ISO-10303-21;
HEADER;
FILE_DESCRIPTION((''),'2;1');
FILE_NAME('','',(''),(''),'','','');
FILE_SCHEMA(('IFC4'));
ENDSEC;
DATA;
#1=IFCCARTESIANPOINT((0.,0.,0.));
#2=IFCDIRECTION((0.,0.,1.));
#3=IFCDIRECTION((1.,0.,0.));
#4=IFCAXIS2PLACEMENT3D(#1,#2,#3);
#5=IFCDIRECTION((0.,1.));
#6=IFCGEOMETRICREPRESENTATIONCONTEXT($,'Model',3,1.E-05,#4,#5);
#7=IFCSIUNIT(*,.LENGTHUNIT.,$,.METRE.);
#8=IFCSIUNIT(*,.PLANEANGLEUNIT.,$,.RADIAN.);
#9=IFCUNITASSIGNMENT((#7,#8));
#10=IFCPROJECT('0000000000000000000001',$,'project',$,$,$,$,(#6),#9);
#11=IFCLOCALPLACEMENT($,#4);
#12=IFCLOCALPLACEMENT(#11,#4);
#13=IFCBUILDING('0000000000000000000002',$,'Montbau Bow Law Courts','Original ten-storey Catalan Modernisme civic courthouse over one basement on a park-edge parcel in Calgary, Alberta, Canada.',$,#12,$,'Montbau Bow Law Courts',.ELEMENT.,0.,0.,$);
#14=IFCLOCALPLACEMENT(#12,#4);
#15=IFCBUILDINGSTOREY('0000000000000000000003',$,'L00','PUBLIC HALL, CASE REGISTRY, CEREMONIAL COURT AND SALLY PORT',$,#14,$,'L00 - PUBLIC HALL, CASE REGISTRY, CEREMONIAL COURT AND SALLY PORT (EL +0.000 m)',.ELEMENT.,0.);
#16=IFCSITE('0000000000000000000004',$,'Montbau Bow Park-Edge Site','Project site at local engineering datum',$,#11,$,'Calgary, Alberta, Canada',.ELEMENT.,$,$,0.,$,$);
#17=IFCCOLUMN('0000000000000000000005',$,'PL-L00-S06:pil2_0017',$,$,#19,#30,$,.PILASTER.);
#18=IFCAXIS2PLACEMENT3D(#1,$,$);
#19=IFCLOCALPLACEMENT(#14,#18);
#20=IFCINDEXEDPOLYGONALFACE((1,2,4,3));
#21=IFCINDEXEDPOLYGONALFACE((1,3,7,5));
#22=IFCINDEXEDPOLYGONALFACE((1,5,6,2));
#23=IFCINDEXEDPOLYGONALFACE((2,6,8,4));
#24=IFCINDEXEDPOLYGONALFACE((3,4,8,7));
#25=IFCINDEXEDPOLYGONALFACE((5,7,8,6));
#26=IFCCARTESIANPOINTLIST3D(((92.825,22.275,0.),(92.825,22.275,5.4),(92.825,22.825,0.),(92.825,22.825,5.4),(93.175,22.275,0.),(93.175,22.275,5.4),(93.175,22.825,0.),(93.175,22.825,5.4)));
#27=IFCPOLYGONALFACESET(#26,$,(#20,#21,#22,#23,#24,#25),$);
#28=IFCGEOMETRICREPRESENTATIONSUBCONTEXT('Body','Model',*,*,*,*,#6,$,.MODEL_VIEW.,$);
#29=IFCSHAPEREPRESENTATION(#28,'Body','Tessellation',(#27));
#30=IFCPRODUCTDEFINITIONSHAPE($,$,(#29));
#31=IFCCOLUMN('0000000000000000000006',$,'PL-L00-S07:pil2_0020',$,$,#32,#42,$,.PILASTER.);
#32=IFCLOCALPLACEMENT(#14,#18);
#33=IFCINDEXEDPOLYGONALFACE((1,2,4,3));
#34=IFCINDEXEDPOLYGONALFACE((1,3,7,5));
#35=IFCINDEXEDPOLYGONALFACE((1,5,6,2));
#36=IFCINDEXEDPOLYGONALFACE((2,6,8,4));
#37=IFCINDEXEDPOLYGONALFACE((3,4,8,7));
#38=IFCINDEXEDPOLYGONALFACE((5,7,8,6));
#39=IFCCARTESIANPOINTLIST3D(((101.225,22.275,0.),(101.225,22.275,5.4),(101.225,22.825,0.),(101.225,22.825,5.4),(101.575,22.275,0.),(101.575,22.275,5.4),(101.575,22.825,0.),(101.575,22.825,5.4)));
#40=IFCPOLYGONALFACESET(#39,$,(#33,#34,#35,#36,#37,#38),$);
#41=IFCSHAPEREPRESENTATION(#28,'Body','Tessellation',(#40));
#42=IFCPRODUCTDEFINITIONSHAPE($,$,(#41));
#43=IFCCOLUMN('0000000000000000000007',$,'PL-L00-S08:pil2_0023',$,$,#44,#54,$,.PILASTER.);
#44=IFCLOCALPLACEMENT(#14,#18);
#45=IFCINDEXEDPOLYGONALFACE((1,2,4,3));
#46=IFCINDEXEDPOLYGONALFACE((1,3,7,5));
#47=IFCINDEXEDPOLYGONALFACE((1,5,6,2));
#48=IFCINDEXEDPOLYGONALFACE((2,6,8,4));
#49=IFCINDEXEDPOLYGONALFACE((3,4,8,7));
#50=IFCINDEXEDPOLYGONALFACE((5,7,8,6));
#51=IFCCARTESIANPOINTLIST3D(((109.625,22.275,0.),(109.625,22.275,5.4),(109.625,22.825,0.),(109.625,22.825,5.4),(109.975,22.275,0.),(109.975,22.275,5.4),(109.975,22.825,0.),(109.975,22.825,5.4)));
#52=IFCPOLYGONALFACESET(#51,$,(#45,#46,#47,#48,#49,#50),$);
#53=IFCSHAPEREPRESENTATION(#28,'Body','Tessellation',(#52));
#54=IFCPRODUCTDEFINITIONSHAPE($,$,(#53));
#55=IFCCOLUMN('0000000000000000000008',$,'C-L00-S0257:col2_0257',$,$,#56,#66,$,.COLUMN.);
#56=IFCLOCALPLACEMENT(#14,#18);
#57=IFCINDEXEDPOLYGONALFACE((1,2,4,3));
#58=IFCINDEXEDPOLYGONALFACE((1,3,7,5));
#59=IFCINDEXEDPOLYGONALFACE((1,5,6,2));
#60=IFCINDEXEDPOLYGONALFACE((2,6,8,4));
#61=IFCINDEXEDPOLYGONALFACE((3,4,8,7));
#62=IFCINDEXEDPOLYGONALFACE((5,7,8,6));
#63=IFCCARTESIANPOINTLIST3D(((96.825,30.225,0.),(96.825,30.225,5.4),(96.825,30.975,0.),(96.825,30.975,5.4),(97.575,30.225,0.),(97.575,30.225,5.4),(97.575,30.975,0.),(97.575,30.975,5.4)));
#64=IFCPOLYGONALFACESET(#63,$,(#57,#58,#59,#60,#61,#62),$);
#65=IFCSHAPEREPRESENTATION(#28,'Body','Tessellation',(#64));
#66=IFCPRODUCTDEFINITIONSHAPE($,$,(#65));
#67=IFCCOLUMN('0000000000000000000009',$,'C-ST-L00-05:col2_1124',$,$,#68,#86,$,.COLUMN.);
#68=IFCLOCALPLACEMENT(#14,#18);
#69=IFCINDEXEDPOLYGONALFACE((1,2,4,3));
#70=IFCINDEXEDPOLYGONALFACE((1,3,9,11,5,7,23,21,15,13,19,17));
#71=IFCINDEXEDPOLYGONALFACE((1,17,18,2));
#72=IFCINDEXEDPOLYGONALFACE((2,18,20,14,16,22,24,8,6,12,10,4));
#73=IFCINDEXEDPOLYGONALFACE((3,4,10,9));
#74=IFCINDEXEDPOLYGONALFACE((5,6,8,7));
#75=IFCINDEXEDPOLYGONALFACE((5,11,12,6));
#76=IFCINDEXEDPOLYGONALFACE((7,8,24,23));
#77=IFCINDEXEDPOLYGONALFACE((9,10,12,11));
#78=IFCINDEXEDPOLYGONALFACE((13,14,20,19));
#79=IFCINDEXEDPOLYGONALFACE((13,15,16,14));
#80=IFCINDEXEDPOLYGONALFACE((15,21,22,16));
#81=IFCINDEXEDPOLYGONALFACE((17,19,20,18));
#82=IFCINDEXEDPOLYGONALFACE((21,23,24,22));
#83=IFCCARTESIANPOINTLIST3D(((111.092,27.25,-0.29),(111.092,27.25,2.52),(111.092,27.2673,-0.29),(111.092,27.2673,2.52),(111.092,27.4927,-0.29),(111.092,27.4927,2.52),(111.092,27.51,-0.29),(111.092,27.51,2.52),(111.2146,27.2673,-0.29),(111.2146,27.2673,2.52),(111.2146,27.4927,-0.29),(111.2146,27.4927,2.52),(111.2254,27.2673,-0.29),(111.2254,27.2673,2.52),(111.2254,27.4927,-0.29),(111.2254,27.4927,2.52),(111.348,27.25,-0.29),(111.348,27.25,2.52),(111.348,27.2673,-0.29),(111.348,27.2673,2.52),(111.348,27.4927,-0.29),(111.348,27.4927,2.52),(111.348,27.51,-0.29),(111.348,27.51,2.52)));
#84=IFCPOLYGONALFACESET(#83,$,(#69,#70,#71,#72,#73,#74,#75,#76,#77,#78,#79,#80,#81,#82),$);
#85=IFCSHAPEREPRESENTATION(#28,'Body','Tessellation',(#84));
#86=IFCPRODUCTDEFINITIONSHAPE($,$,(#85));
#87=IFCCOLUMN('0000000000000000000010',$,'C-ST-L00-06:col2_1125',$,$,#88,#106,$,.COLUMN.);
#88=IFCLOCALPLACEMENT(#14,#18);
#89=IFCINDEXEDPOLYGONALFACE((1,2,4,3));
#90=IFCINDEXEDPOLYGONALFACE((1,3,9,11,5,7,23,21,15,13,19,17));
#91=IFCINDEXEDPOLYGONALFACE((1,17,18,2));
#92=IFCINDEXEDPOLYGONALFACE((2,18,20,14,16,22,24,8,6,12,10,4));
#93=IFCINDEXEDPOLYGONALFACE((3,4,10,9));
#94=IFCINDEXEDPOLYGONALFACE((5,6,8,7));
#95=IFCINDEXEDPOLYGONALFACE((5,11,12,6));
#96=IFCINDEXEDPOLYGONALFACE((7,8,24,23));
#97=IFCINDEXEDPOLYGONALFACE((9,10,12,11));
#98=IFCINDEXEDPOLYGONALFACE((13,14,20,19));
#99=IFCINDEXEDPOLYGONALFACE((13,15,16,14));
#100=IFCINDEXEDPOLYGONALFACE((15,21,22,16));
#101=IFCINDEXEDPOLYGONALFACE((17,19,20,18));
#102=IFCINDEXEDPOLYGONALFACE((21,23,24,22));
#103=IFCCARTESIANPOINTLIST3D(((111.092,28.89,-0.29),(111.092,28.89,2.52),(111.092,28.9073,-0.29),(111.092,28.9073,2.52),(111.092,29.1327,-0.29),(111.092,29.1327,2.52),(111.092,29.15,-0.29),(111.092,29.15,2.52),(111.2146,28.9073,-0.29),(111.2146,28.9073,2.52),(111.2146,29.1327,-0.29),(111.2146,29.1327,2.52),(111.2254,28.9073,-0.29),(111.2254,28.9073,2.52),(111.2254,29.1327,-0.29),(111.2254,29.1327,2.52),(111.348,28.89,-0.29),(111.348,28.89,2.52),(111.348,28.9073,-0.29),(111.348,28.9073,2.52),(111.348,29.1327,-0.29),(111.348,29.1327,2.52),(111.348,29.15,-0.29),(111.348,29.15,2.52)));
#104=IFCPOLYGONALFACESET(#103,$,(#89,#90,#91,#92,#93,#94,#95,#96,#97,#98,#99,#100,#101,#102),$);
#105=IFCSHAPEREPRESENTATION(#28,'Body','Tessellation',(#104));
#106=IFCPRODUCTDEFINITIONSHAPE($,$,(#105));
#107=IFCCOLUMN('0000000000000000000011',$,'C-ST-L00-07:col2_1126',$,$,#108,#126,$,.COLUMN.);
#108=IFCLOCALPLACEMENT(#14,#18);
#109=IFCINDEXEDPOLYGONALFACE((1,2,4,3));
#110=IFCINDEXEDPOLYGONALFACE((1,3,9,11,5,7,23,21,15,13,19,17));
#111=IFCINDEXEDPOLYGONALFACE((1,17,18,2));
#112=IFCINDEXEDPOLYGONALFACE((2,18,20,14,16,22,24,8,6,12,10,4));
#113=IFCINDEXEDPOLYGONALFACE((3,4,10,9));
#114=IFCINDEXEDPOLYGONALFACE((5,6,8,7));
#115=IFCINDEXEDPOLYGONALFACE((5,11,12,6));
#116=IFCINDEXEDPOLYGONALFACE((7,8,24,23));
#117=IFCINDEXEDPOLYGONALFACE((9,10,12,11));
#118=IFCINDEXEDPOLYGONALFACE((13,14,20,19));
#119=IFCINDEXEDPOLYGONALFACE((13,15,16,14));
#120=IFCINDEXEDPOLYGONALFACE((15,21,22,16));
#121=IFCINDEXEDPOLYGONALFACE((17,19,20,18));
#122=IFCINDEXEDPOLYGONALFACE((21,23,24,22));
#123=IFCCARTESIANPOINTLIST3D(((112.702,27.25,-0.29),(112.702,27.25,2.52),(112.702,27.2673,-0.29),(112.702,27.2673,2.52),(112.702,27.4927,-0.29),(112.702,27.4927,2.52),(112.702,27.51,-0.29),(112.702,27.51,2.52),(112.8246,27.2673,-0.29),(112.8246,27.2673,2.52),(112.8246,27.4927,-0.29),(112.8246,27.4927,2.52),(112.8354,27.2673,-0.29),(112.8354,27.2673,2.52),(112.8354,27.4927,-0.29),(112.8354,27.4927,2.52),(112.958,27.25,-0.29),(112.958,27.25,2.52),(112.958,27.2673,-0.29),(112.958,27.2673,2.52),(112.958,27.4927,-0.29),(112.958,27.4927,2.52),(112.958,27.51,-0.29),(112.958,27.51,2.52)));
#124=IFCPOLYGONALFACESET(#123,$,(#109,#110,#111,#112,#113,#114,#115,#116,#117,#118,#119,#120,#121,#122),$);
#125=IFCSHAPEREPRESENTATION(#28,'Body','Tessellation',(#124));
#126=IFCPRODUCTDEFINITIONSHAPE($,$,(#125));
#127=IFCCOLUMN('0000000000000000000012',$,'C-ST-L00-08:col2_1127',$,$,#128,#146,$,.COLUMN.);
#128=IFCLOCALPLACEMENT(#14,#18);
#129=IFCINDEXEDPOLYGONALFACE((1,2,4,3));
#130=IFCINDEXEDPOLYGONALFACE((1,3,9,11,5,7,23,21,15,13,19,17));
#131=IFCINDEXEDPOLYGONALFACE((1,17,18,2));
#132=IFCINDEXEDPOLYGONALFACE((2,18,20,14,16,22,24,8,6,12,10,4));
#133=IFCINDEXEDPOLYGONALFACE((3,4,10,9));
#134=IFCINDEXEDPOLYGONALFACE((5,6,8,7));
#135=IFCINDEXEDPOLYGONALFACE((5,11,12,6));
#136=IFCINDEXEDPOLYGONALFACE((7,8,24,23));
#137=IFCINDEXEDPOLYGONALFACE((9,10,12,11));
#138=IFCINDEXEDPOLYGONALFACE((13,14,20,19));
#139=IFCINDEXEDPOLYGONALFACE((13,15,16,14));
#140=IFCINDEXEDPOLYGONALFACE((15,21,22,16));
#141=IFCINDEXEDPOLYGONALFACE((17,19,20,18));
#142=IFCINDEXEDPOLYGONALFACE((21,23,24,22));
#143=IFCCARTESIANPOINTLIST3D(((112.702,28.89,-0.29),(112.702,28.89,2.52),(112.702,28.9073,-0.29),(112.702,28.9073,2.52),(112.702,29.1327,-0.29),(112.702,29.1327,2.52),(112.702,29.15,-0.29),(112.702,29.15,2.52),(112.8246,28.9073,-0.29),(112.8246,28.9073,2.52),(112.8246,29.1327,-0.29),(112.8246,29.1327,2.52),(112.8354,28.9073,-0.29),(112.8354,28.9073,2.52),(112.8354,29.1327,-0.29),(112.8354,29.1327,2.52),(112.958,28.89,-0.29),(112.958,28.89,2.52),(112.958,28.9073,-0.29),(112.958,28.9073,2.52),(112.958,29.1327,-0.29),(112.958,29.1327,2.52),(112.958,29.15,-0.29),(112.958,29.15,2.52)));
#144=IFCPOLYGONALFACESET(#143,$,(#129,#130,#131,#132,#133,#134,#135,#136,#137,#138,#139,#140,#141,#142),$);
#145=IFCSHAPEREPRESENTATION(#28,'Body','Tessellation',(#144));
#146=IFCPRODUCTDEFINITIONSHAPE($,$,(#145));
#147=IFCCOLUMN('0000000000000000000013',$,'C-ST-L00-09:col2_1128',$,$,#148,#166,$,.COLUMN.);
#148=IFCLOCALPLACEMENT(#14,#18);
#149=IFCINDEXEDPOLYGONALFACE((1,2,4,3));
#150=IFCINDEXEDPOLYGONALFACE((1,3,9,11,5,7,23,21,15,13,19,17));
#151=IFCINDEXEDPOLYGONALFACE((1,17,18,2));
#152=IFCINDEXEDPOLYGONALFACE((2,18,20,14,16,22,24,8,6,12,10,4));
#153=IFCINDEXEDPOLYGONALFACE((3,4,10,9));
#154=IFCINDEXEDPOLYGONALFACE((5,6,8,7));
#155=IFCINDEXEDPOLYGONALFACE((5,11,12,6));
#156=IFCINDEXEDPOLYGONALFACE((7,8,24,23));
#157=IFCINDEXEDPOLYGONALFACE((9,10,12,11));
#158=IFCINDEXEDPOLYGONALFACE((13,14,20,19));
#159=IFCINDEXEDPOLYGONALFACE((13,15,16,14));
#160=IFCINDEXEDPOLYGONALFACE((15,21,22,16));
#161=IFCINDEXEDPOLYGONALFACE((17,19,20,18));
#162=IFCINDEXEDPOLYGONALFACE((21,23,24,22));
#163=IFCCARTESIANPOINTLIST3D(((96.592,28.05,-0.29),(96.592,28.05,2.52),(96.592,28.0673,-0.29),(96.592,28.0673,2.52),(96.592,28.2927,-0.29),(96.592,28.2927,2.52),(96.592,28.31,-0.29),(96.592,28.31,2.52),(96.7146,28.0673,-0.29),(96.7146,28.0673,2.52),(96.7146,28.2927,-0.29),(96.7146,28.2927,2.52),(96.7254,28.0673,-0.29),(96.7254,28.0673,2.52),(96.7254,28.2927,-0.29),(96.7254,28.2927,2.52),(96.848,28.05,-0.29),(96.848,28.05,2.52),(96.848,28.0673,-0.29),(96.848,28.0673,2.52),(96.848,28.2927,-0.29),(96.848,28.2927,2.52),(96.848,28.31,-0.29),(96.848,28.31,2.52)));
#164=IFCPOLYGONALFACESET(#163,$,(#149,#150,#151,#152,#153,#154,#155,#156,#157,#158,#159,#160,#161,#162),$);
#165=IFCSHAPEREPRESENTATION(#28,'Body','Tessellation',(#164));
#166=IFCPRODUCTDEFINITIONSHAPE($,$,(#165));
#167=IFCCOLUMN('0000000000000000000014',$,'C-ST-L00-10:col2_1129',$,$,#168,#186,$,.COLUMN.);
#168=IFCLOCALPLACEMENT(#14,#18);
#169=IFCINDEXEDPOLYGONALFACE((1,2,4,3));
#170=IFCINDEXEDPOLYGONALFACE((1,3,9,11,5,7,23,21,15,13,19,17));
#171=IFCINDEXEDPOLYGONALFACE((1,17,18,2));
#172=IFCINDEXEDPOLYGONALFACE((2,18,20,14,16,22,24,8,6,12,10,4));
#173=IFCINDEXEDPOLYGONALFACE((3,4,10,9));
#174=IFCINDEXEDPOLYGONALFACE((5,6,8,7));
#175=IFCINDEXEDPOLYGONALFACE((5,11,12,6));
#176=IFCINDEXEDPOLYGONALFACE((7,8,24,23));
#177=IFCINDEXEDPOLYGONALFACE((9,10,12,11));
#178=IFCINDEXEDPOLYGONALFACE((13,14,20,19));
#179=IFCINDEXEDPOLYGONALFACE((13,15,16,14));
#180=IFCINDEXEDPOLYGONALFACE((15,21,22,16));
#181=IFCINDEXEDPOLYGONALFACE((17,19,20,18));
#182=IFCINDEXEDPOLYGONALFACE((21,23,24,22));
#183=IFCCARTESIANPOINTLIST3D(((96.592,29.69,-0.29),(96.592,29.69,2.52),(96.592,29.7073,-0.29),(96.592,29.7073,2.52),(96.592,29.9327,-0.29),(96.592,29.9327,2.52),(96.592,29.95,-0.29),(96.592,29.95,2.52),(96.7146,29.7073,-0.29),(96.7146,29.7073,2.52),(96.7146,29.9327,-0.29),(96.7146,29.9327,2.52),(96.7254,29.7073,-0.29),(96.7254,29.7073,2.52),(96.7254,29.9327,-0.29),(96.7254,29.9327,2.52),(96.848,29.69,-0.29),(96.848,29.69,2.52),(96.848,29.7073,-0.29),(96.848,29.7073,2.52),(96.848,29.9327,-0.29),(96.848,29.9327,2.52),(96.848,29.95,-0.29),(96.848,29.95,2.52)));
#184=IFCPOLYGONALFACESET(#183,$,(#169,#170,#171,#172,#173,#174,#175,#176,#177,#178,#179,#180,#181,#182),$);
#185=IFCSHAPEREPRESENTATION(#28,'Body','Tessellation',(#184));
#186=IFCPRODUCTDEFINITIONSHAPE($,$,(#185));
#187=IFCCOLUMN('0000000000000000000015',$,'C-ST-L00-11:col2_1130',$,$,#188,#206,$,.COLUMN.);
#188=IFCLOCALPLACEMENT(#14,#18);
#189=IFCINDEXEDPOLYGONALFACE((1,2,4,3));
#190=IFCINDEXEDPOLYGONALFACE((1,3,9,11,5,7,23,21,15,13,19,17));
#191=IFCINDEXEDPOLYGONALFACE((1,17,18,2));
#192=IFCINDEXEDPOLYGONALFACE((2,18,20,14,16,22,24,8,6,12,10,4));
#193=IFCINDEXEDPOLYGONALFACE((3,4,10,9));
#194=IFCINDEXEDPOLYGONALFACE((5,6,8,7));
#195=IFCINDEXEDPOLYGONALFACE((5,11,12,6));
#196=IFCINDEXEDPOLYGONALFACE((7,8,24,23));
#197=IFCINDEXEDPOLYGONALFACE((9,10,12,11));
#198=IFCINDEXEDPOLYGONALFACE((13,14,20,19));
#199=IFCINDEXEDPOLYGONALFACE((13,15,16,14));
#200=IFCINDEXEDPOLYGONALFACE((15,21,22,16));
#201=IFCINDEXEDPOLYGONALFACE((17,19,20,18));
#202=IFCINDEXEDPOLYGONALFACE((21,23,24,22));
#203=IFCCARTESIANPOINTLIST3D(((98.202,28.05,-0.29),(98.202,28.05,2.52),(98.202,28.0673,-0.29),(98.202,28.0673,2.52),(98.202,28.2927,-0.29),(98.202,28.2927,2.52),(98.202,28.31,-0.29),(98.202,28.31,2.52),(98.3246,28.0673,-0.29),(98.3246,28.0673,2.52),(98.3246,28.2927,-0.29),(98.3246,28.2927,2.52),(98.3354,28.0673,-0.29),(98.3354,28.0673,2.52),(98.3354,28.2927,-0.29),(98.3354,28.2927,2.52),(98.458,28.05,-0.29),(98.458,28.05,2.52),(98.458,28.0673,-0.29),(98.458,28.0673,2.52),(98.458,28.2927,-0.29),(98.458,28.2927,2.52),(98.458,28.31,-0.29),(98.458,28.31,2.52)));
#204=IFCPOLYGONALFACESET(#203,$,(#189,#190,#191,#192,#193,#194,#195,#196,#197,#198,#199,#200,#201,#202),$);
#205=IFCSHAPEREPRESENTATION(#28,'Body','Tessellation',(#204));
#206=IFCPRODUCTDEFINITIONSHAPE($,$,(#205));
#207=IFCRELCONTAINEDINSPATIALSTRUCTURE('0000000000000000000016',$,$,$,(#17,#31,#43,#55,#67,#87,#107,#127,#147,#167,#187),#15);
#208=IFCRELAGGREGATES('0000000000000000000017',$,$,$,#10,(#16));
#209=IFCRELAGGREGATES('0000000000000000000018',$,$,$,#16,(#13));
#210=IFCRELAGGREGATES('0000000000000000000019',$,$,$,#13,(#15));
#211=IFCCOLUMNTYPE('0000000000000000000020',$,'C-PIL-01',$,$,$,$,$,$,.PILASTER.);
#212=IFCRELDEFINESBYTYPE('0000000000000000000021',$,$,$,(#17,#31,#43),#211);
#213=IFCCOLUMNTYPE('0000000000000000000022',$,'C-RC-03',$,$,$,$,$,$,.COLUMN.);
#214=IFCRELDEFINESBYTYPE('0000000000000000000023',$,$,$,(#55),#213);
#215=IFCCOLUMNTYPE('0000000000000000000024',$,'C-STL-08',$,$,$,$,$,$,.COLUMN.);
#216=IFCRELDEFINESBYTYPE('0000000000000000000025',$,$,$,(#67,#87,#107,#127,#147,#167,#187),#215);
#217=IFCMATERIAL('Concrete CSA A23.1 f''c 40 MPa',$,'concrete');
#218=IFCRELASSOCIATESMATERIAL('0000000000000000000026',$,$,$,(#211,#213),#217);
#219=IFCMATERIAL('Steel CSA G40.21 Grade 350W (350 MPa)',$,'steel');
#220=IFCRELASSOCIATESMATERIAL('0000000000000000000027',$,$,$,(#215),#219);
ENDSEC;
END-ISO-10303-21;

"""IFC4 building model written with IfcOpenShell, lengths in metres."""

from ifc_helpers import new_model, si_unit, direction, frame, origin_with_axes, origin_2d_with_axis, place, context, subcontext, project, spatial, rectangle, i_section, extrude, material, material_profile, profile_set, type_object, element, save


model = new_model("IFC4")

# Units and contexts
model_context = context("Model", 3, precision=1e-05, world=origin_with_axes(), true_north=direction((0.0, 1.0)))
body_context = subcontext(model_context, "Body", "Model", "MODEL_VIEW")
ifc_project = project(units=[si_unit("LENGTHUNIT", "METRE"), si_unit("PLANEANGLEUNIT", "RADIAN")], contexts=[model_context])

# Site, building, storey
site_placement = place(None, origin_with_axes())
site = spatial("IfcSite", under=ifc_project, at=site_placement, Name="Montbau Bow Park-Edge Site", Description="Project site at local engineering datum", LongName="Calgary, Alberta, Canada", CompositionType="ELEMENT", RefElevation=0.0)
building_placement = place(site_placement, origin_with_axes())
building = spatial("IfcBuilding", under=site, at=building_placement, Name="Montbau Bow Law Courts", Description="Original ten-storey Catalan Modernisme civic courthouse over one basement on a park-edge parcel in Calgary, Alberta, Canada.", LongName="Montbau Bow Law Courts", CompositionType="ELEMENT", ElevationOfRefHeight=0.0, ElevationOfTerrain=0.0)
storey_placement = place(building_placement, origin_with_axes())
storey = spatial("IfcBuildingStorey", under=building, at=storey_placement, Name="L00", Description="PUBLIC HALL, CASE REGISTRY, CEREMONIAL COURT AND SALLY PORT", LongName="L00 - PUBLIC HALL, CASE REGISTRY, CEREMONIAL COURT AND SALLY PORT (EL +0.000 m)", CompositionType="ELEMENT", Elevation=0.0)

# Columns
ifc_material_1 = material(Name="Concrete CSA A23.1 f'c 40 MPa", Category="concrete")
ifc_material_profile_1 = material_profile(ifc_material_1, rectangle(XDim=0.35, YDim=0.55, at=origin_2d_with_axis()), Name="RC550X350", Category="Main", Priority=0)
ifc_profile_set_1 = profile_set([ifc_material_profile_1], Name="Concrete CSA A23.1 f'c 40 MPa")
column_type_1 = type_object("IfcColumnType", Name="C-PIL-01", PredefinedType="PILASTER", material=ifc_profile_set_1)
for number, where, z_axis, x_axis, name in (
    (1, (93.0, 22.55, 0.0), (0.0, 0.0, 1.0), (1.0, 0.0, 0.0), "PL-L00-S06:pil2_0017"),
    (2, (101.4, 22.55, 0.0), (0.0, 0.0, 1.0), (1.0, 0.0, 0.0), "PL-L00-S07:pil2_0020"),
    (3, (109.8, 22.55, 0.0), (0.0, 0.0, 1.0), (1.0, 0.0, 0.0), "PL-L00-S08:pil2_0023"),
):
    element("IfcColumn", number, at=place(None, frame(where, z_axis=z_axis, x_axis=x_axis)), inside=storey, type_object=column_type_1, Name=name, PredefinedType="PILASTER", context=body_context, shape_type="SweptSolid", body=[
        extrude(rectangle(XDim=0.35, YDim=0.55, at=origin_2d_with_axis()), origin_with_axes(), (0.0, 0.0, 1.0), 5.4),
    ])
ifc_material_profile_2 = material_profile(ifc_material_1, rectangle(XDim=0.75, YDim=0.75, at=origin_2d_with_axis()), Name="RC750X750", Category="Main", Priority=0)
ifc_profile_set_2 = profile_set([ifc_material_profile_2], Name="Concrete CSA A23.1 f'c 40 MPa")
column_type_2 = type_object("IfcColumnType", Name="C-RC-03", PredefinedType="COLUMN", material=ifc_profile_set_2)
column_placement = place(None, frame((97.2, 30.6, 0.0), z_axis=(0.0, 0.0, 1.0), x_axis=(1.0, 0.0, 0.0)))
element("IfcColumn", 4, at=column_placement, inside=storey, type_object=column_type_2, Name="C-L00-S0257:col2_0257", PredefinedType="COLUMN", context=body_context, shape_type="SweptSolid", body=[
    extrude(rectangle(XDim=0.75, YDim=0.75, at=origin_2d_with_axis()), origin_with_axes(), (0.0, 0.0, 1.0), 5.4),
])
ifc_material_2 = material(Name="Steel CSA G40.21 Grade 350W (350 MPa)", Category="steel")
ifc_material_profile_3 = material_profile(ifc_material_2, i_section(OverallWidth=0.256, OverallDepth=0.26, WebThickness=0.0107, FlangeThickness=0.0173, at=origin_2d_with_axis()), Name="W250X89", Category="Main", Priority=0)
ifc_profile_set_3 = profile_set([ifc_material_profile_3], Name="Steel CSA G40.21 Grade 350W (350 MPa)")
column_type_3 = type_object("IfcColumnType", Name="C-STL-08", PredefinedType="COLUMN", material=ifc_profile_set_3)
for number, where, z_axis, x_axis, name in (
    (5, (111.22, 27.38, -0.29), (0.0, 0.0, 1.0), (1.0, 0.0, 0.0), "C-ST-L00-05:col2_1124"),
    (6, (111.22, 29.02, -0.29), (0.0, 0.0, 1.0), (1.0, 0.0, 0.0), "C-ST-L00-06:col2_1125"),
    (7, (112.83, 27.38, -0.29), (0.0, 0.0, 1.0), (1.0, 0.0, 0.0), "C-ST-L00-07:col2_1126"),
    (8, (112.83, 29.02, -0.29), (0.0, 0.0, 1.0), (1.0, 0.0, 0.0), "C-ST-L00-08:col2_1127"),
    (9, (96.72, 28.18, -0.29), (0.0, 0.0, 1.0), (1.0, 0.0, 0.0), "C-ST-L00-09:col2_1128"),
    (10, (96.72, 29.82, -0.29), (0.0, 0.0, 1.0), (1.0, 0.0, 0.0), "C-ST-L00-10:col2_1129"),
    (11, (98.33, 28.18, -0.29), (0.0, 0.0, 1.0), (1.0, 0.0, 0.0), "C-ST-L00-11:col2_1130"),
):
    element("IfcColumn", number, at=place(None, frame(where, z_axis=z_axis, x_axis=x_axis)), inside=storey, type_object=column_type_3, Name=name, PredefinedType="COLUMN", context=body_context, shape_type="SweptSolid", body=[
        extrude(i_section(OverallWidth=0.256, OverallDepth=0.26, WebThickness=0.0107, FlangeThickness=0.0173, at=origin_2d_with_axis()), origin_with_axes(), (0.0, 0.0, 1.0), 2.81),
    ])

save(model, "model.ifc")
